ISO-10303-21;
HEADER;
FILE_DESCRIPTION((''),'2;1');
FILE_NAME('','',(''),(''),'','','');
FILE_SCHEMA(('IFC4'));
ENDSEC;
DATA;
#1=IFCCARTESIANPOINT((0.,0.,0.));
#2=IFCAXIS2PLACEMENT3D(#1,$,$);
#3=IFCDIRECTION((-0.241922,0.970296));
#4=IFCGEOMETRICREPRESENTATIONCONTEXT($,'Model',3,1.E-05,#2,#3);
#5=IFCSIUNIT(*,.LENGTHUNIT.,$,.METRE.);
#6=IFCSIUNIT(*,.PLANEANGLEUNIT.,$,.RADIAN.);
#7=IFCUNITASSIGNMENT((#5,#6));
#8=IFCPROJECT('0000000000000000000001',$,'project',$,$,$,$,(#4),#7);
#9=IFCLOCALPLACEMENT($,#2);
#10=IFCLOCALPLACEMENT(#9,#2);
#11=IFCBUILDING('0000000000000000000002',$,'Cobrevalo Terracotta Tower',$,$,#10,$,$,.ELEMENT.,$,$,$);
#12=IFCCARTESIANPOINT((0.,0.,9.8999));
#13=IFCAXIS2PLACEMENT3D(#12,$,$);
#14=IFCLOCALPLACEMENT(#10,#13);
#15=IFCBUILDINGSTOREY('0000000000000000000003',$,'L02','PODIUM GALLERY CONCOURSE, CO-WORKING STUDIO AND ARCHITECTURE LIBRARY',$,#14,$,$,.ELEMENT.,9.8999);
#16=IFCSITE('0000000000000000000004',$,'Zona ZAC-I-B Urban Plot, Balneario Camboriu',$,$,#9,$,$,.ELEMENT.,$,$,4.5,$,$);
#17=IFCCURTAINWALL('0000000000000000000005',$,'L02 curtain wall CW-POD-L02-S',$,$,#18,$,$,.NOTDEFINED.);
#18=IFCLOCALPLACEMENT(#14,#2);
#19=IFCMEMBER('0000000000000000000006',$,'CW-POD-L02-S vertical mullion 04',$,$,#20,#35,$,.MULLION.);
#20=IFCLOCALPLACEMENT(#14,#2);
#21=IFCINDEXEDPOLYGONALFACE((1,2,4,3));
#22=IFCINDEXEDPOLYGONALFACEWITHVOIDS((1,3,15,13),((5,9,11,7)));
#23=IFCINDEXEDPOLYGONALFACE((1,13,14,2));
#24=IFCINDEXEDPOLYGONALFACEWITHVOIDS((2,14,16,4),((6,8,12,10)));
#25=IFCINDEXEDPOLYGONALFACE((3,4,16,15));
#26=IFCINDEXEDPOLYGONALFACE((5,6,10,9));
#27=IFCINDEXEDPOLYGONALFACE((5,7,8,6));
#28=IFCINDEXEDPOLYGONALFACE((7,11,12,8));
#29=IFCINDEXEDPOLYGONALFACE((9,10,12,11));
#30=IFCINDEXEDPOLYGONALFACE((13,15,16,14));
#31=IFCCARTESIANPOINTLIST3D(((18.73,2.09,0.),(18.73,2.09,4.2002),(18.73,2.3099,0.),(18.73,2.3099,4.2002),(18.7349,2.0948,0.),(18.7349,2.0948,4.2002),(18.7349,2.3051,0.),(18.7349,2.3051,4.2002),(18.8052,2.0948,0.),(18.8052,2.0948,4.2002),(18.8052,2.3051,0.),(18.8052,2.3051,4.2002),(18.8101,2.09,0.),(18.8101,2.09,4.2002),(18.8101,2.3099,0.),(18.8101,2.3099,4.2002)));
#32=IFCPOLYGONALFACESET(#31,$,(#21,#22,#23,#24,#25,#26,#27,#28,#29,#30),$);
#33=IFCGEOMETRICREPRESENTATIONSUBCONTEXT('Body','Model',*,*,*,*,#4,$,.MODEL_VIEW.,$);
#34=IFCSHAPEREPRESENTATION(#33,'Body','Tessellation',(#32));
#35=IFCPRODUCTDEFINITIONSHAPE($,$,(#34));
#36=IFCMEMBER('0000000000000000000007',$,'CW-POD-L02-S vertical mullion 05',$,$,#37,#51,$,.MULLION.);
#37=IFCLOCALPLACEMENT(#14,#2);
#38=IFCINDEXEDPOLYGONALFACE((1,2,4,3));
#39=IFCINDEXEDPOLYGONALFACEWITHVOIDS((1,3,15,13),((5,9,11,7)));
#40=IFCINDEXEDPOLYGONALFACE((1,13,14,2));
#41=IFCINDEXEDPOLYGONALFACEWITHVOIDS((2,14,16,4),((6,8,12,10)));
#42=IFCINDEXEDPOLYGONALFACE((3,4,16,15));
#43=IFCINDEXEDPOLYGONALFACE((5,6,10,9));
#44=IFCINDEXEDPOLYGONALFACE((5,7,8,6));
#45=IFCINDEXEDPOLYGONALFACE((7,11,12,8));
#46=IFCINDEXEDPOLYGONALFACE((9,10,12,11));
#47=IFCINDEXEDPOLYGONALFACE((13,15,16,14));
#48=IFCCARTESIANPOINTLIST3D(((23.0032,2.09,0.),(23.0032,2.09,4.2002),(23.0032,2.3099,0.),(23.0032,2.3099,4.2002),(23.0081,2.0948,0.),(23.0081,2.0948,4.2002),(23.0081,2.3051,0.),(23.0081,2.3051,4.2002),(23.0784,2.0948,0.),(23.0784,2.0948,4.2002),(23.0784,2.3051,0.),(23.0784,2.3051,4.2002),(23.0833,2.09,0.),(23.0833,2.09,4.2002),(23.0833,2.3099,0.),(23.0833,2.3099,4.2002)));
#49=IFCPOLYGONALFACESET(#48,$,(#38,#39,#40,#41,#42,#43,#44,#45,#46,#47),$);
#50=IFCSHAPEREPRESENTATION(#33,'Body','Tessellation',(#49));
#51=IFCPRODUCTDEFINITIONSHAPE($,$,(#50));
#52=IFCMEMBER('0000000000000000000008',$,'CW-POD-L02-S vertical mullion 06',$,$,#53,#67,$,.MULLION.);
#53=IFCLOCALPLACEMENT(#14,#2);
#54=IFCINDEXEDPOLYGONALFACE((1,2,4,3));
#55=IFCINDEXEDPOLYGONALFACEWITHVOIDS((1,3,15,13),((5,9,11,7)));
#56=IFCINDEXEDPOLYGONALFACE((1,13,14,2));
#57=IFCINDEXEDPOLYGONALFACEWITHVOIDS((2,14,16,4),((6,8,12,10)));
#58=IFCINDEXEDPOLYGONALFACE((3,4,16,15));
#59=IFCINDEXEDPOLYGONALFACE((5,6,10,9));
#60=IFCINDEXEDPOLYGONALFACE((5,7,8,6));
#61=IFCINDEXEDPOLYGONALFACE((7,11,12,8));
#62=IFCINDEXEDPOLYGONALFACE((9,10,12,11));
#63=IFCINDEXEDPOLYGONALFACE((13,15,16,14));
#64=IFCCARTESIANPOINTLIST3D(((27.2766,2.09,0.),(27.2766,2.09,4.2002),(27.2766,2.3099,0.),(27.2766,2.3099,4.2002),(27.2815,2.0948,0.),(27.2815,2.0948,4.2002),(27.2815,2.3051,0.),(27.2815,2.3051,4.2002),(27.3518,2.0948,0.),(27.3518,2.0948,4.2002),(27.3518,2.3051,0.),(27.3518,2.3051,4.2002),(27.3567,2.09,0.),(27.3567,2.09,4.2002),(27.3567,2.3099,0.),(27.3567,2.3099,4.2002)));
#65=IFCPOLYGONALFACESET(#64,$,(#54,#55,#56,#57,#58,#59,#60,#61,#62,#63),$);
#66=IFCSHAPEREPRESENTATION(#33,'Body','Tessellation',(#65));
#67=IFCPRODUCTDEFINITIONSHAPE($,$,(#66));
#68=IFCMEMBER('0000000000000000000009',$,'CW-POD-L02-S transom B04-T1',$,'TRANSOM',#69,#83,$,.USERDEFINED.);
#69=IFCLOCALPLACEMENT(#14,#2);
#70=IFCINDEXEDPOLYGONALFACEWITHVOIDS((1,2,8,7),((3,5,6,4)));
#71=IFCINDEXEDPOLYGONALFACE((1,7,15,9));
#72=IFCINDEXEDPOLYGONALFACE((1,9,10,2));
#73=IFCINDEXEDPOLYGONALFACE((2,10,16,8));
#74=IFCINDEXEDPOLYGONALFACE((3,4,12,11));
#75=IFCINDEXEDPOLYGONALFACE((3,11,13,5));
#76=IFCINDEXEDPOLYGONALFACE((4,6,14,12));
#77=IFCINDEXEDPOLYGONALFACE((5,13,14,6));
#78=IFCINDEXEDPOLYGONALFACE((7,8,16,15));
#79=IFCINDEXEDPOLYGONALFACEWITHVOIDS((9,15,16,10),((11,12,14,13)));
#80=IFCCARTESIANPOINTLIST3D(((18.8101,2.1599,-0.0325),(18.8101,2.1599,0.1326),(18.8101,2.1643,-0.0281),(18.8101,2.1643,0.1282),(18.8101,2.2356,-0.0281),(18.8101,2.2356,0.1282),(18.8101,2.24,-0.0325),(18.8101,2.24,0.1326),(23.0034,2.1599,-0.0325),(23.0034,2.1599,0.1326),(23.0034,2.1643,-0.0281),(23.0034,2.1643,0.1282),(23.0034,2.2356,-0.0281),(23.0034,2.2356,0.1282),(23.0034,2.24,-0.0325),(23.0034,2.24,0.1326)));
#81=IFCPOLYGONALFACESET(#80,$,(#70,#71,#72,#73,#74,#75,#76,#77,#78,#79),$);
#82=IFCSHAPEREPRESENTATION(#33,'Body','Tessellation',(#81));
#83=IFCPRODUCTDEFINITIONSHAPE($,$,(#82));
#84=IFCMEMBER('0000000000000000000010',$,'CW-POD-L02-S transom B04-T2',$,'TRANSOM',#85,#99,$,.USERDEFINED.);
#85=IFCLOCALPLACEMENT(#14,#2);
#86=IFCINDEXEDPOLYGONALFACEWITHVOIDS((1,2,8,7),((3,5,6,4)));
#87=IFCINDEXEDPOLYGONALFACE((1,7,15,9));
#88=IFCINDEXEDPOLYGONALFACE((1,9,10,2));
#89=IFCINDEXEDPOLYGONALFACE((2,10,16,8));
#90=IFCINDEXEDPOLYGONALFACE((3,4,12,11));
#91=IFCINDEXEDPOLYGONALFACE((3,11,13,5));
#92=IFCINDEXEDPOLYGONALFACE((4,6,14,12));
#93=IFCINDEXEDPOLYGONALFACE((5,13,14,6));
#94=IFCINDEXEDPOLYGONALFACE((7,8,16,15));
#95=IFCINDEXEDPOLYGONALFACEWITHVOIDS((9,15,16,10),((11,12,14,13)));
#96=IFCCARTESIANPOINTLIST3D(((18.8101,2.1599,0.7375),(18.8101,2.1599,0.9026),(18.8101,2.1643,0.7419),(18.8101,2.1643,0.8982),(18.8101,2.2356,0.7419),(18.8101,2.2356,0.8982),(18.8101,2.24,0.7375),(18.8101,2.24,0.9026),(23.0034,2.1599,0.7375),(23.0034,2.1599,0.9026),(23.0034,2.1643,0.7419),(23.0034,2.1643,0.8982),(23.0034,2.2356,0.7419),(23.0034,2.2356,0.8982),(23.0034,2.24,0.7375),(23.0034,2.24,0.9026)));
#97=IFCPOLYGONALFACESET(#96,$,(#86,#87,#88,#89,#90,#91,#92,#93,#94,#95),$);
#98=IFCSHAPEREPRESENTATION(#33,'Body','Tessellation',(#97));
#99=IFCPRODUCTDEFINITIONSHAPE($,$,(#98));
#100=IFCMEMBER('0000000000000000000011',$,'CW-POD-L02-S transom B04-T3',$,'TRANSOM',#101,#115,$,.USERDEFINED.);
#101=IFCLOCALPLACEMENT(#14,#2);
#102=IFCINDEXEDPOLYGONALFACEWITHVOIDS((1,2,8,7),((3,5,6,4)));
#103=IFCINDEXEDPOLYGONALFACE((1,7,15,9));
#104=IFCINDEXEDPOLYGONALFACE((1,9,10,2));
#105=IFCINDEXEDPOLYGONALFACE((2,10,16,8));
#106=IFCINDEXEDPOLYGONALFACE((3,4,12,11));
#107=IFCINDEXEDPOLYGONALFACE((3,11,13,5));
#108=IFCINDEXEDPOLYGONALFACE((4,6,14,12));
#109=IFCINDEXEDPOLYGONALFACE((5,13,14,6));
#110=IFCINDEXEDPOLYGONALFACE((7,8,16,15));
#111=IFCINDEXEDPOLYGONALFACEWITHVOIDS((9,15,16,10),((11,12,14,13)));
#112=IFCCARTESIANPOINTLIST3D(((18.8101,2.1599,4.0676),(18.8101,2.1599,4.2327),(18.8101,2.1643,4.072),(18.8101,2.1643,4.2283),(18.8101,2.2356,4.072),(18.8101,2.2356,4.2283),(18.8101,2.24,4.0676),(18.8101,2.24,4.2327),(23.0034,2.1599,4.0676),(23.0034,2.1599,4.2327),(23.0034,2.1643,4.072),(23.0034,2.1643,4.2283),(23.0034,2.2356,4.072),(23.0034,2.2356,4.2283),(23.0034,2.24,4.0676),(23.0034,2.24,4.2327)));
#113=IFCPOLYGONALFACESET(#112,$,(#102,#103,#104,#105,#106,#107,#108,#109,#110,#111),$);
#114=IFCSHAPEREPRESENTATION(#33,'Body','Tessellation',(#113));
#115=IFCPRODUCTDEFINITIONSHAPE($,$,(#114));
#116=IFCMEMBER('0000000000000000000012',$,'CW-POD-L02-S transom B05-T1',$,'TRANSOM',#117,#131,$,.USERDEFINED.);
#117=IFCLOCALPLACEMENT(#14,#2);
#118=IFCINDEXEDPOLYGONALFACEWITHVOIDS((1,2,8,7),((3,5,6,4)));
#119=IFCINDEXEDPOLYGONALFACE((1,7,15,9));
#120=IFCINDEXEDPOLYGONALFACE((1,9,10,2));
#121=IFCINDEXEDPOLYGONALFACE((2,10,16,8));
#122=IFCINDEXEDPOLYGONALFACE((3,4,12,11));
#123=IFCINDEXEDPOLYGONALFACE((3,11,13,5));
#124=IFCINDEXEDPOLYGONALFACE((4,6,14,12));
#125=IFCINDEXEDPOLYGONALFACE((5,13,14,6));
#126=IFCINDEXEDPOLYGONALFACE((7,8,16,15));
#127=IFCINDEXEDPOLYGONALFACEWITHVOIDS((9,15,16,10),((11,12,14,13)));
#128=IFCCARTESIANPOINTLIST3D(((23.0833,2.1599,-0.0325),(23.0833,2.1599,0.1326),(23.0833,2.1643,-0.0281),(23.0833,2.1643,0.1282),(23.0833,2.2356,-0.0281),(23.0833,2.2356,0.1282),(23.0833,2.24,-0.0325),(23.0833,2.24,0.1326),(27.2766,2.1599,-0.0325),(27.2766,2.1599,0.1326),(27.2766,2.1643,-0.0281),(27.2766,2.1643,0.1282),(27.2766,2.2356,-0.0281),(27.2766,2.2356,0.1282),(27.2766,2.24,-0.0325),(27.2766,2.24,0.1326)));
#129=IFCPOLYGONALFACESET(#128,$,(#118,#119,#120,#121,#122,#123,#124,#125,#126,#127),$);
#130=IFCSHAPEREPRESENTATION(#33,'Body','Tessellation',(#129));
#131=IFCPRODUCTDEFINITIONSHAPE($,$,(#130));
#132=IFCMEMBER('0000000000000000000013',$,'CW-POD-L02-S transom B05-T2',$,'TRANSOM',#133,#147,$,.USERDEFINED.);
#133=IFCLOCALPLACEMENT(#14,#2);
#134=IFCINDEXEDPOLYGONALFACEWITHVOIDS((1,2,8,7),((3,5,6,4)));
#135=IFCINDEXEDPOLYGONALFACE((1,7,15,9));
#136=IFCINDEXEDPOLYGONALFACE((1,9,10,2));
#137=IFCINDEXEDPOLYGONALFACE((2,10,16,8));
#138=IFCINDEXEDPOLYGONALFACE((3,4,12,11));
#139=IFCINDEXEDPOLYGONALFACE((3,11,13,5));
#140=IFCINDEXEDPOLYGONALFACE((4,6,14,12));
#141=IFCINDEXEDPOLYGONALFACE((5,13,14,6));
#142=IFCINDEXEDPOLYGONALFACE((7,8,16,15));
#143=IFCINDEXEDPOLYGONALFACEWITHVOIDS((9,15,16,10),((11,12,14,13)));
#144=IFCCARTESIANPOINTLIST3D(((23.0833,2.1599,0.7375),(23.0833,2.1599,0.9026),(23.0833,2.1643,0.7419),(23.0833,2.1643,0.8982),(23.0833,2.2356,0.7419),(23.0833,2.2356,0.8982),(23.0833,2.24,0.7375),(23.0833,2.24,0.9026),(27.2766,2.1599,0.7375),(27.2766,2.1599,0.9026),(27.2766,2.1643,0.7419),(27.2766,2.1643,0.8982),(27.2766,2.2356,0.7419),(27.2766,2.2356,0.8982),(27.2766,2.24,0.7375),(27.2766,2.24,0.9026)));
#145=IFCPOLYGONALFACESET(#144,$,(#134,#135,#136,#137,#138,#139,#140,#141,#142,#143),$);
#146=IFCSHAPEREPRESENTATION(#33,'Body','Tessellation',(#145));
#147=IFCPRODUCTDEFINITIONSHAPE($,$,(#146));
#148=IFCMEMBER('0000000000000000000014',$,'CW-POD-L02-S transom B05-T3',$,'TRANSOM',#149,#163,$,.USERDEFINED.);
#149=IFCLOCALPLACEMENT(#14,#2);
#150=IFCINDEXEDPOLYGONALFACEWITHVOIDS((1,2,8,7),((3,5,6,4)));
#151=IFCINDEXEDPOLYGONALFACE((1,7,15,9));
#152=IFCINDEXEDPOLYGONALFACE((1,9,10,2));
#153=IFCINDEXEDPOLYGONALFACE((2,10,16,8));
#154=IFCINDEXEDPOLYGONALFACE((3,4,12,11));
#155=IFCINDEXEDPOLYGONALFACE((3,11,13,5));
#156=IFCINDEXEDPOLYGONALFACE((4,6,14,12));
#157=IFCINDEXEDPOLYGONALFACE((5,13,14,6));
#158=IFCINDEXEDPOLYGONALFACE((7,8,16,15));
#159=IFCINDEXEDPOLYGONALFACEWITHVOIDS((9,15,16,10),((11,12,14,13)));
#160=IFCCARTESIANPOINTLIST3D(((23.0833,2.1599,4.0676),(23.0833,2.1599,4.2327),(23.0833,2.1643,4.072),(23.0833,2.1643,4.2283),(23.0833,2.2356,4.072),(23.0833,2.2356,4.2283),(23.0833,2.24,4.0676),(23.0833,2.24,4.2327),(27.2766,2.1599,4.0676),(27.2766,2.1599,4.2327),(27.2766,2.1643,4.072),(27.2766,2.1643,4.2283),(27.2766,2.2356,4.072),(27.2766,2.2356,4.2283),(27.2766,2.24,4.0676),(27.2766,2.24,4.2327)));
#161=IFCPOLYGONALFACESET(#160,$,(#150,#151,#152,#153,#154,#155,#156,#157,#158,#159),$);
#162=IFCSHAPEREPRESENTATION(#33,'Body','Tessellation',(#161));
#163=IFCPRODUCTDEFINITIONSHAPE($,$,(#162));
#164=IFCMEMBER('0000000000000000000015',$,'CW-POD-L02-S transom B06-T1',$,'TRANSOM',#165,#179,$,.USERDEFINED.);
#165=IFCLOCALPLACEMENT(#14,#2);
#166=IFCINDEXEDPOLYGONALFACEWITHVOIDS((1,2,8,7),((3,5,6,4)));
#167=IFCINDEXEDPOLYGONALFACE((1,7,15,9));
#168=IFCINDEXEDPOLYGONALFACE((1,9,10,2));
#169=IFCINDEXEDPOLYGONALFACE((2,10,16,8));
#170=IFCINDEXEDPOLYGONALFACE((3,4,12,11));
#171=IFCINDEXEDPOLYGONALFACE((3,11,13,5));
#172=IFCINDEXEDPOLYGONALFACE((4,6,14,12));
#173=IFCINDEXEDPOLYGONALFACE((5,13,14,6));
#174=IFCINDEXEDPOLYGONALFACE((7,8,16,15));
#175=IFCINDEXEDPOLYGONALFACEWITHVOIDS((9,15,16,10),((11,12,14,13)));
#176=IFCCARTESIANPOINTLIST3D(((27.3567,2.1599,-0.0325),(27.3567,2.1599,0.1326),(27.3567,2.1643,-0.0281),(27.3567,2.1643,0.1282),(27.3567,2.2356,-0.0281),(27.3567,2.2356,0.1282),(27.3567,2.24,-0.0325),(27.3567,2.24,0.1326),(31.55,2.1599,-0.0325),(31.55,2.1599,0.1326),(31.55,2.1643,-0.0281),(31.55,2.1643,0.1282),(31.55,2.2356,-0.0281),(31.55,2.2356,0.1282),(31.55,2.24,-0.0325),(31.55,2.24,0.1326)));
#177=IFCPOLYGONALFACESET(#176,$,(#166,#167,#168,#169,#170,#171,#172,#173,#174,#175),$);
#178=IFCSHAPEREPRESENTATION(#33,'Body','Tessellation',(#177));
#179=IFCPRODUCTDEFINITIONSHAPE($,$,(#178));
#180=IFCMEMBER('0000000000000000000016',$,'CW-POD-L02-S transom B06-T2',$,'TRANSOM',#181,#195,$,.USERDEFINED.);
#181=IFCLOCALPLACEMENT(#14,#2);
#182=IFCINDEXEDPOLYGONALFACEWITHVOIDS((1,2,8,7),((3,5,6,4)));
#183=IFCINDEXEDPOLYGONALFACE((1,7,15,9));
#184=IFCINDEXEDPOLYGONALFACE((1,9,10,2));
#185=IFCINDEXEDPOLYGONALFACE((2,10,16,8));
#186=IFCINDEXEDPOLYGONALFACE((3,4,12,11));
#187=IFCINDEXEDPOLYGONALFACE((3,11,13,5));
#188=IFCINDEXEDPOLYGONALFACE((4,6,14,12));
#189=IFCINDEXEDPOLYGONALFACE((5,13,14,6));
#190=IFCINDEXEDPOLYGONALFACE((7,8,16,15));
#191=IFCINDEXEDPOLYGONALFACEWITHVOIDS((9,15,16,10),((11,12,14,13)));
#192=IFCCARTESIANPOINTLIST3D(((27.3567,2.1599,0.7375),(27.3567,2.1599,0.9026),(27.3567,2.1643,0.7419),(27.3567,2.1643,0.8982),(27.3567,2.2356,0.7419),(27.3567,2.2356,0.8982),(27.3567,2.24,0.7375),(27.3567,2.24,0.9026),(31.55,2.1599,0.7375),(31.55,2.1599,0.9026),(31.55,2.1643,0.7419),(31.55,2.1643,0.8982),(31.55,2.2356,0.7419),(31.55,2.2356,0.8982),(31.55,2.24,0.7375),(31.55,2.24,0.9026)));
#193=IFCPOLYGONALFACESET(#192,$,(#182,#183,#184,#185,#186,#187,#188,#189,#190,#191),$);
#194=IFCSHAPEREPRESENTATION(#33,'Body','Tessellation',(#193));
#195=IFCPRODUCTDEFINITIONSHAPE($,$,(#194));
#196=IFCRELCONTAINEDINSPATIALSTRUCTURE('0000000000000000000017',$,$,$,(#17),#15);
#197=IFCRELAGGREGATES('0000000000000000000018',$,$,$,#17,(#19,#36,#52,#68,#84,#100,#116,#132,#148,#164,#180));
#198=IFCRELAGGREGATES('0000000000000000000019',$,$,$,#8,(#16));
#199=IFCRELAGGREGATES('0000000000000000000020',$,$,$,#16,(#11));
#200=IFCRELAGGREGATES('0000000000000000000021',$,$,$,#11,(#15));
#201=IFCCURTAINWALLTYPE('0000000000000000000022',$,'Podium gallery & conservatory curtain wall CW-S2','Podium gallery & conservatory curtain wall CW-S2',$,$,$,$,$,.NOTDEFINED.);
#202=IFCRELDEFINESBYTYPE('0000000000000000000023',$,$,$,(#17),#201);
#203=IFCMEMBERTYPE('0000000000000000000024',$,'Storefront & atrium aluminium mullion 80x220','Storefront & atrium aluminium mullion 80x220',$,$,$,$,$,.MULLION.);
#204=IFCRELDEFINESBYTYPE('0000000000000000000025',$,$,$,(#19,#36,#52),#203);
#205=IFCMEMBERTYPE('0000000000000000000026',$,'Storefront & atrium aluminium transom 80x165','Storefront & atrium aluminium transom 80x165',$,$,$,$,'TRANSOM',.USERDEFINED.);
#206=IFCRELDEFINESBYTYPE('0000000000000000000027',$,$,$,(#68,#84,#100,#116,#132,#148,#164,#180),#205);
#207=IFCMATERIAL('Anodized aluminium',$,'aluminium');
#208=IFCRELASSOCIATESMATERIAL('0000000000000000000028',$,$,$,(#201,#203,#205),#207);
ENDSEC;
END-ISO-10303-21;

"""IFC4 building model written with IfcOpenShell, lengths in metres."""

from ifc_helpers import new_model, si_unit, direction, frame, origin, origin_2d, place, context, subcontext, project, spatial, hollow_rectangle, extrude, source, transform, mapped, material, material_profile, profile_set, type_object, element, aggregate, save


model = new_model("IFC4")

# Units and contexts
model_context = context("Model", 3, precision=1e-05, world=origin(), true_north=direction((-0.241922, 0.970296)))
body_context = subcontext(model_context, "Body", "Model", "MODEL_VIEW")
ifc_project = project(units=[si_unit("LENGTHUNIT", "METRE"), si_unit("PLANEANGLEUNIT", "RADIAN")], contexts=[model_context])

# Site, building, storey
site_placement = place(None, origin())
site = spatial("IfcSite", under=ifc_project, at=site_placement, Name="Zona ZAC-I-B Urban Plot, Balneario Camboriu", CompositionType="ELEMENT", RefElevation=4.5)
building_placement = place(site_placement, origin())
building = spatial("IfcBuilding", under=site, at=building_placement, Name="Cobrevalo Terracotta Tower", CompositionType="ELEMENT")
storey_placement = place(building_placement, frame((0.0, 0.0, 9.8999)))
storey = spatial("IfcBuildingStorey", under=building, at=storey_placement, Name="L02", Description="PODIUM GALLERY CONCOURSE, CO-WORKING STUDIO AND ARCHITECTURE LIBRARY", CompositionType="ELEMENT", Elevation=9.8999)

# Curtain wall, members
ifc_material_1 = material(Name="Anodized aluminium", Category="aluminium")
curtain_wall_type = type_object("IfcCurtainWallType", Name="Podium gallery & conservatory curtain wall CW-S2", Description="Podium gallery & conservatory curtain wall CW-S2", PredefinedType="NOTDEFINED", material=ifc_material_1)
curtain_wall_placement = place(storey_placement, origin())
curtain_wall = element("IfcCurtainWall", 1, at=curtain_wall_placement, inside=storey, type_object=curtain_wall_type, Name="L02 curtain wall CW-POD-L02-S", PredefinedType="NOTDEFINED")
ifc_material_profile_1 = material_profile(ifc_material_1, hollow_rectangle(XDim=0.0801, YDim=0.22, WallThickness=0.0049, at=origin_2d()), Name="CWM 80x220")
ifc_profile_set_1 = profile_set([ifc_material_profile_1], Name="Anodized aluminium")
member_type_1 = type_object("IfcMemberType", Name="Storefront & atrium aluminium mullion 80x220", Description="Storefront & atrium aluminium mullion 80x220", PredefinedType="MULLION", material=ifc_profile_set_1)
shared_shape_1 = source(origin(), body_context, "Body", "SweptSolid", [
    extrude(hollow_rectangle(XDim=0.0801, YDim=0.22, WallThickness=0.0049, at=origin_2d()), origin(), (0.0, 0.0, 1.0), 4.2002),
])
member_1_placement = place(storey_placement, frame((18.77, 2.2, 0.0), z_axis=(0.0, 0.0, 1.0), x_axis=(1.0, 0.0, 0.0)))
member_1 = element("IfcMember", 2, at=member_1_placement, type_object=member_type_1, Name="CW-POD-L02-S vertical mullion 04", PredefinedType="MULLION", context=body_context, shape_type="MappedRepresentation", body=[
    mapped(shared_shape_1, transform((0.0, 0.0, 0.0), scale=1.0)),
])
member_2_placement = place(storey_placement, frame((23.0432, 2.2, 0.0), z_axis=(0.0, 0.0, 1.0), x_axis=(1.0, 0.0, 0.0)))
member_2 = element("IfcMember", 3, at=member_2_placement, type_object=member_type_1, Name="CW-POD-L02-S vertical mullion 05", PredefinedType="MULLION", context=body_context, shape_type="MappedRepresentation", body=[
    mapped(shared_shape_1, transform((0.0, 0.0, 0.0), scale=1.0)),
])
member_3_placement = place(storey_placement, frame((27.3167, 2.2, 0.0), z_axis=(0.0, 0.0, 1.0), x_axis=(1.0, 0.0, 0.0)))
member_3 = element("IfcMember", 4, at=member_3_placement, type_object=member_type_1, Name="CW-POD-L02-S vertical mullion 06", PredefinedType="MULLION", context=body_context, shape_type="MappedRepresentation", body=[
    mapped(shared_shape_1, transform((0.0, 0.0, 0.0), scale=1.0)),
])
ifc_material_profile_2 = material_profile(ifc_material_1, hollow_rectangle(XDim=0.0801, YDim=0.165, WallThickness=0.0044, at=origin_2d()), Name="CWT 80x165")
ifc_profile_set_2 = profile_set([ifc_material_profile_2], Name="Anodized aluminium")
member_type_2 = type_object("IfcMemberType", Name="Storefront & atrium aluminium transom 80x165", Description="Storefront & atrium aluminium transom 80x165", ElementType="TRANSOM", PredefinedType="USERDEFINED", material=ifc_profile_set_2)
shared_shape_2 = source(origin(), body_context, "Body", "SweptSolid", [
    extrude(hollow_rectangle(XDim=0.0801, YDim=0.165, WallThickness=0.0044, at=origin_2d()), origin(), (0.0, 0.0, 1.0), 4.1934),
])
member_4_placement = place(storey_placement, frame((18.8101, 2.2, 0.05), z_axis=(1.0, 0.0, 0.0), x_axis=(0.0, 1.0, 0.0)))
member_4 = element("IfcMember", 5, at=member_4_placement, type_object=member_type_2, Name="CW-POD-L02-S transom B04-T1", ObjectType="TRANSOM", PredefinedType="USERDEFINED", context=body_context, shape_type="MappedRepresentation", body=[
    mapped(shared_shape_2, transform((0.0, 0.0, 0.0), scale=1.0)),
])
member_5_placement = place(storey_placement, frame((18.8101, 2.2, 0.8201), z_axis=(1.0, 0.0, 0.0), x_axis=(0.0, 1.0, 0.0)))
member_5 = element("IfcMember", 6, at=member_5_placement, type_object=member_type_2, Name="CW-POD-L02-S transom B04-T2", ObjectType="TRANSOM", PredefinedType="USERDEFINED", context=body_context, shape_type="MappedRepresentation", body=[
    mapped(shared_shape_2, transform((0.0, 0.0, 0.0), scale=1.0)),
])
member_6_placement = place(storey_placement, frame((18.8101, 2.2, 4.1501), z_axis=(1.0, 0.0, 0.0), x_axis=(0.0, 1.0, 0.0)))
member_6 = element("IfcMember", 7, at=member_6_placement, type_object=member_type_2, Name="CW-POD-L02-S transom B04-T3", ObjectType="TRANSOM", PredefinedType="USERDEFINED", context=body_context, shape_type="MappedRepresentation", body=[
    mapped(shared_shape_2, transform((0.0, 0.0, 0.0), scale=1.0)),
])
member_7_placement = place(storey_placement, frame((23.0833, 2.2, 0.05), z_axis=(1.0, 0.0, 0.0), x_axis=(0.0, 1.0, 0.0)))
member_7 = element("IfcMember", 8, at=member_7_placement, type_object=member_type_2, Name="CW-POD-L02-S transom B05-T1", ObjectType="TRANSOM", PredefinedType="USERDEFINED", context=body_context, shape_type="MappedRepresentation", body=[
    mapped(shared_shape_2, transform((0.0, 0.0, 0.0), scale=1.0)),
])
member_8_placement = place(storey_placement, frame((23.0833, 2.2, 0.8201), z_axis=(1.0, 0.0, 0.0), x_axis=(0.0, 1.0, 0.0)))
member_8 = element("IfcMember", 9, at=member_8_placement, type_object=member_type_2, Name="CW-POD-L02-S transom B05-T2", ObjectType="TRANSOM", PredefinedType="USERDEFINED", context=body_context, shape_type="MappedRepresentation", body=[
    mapped(shared_shape_2, transform((0.0, 0.0, 0.0), scale=1.0)),
])
member_9_placement = place(storey_placement, frame((23.0833, 2.2, 4.1501), z_axis=(1.0, 0.0, 0.0), x_axis=(0.0, 1.0, 0.0)))
member_9 = element("IfcMember", 10, at=member_9_placement, type_object=member_type_2, Name="CW-POD-L02-S transom B05-T3", ObjectType="TRANSOM", PredefinedType="USERDEFINED", context=body_context, shape_type="MappedRepresentation", body=[
    mapped(shared_shape_2, transform((0.0, 0.0, 0.0), scale=1.0)),
])
member_10_placement = place(storey_placement, frame((27.3567, 2.2, 0.05), z_axis=(1.0, 0.0, 0.0), x_axis=(0.0, 1.0, 0.0)))
member_10 = element("IfcMember", 11, at=member_10_placement, type_object=member_type_2, Name="CW-POD-L02-S transom B06-T1", ObjectType="TRANSOM", PredefinedType="USERDEFINED", context=body_context, shape_type="MappedRepresentation", body=[
    mapped(shared_shape_2, transform((0.0, 0.0, 0.0), scale=1.0)),
])
member_11_placement = place(storey_placement, frame((27.3567, 2.2, 0.8201), z_axis=(1.0, 0.0, 0.0), x_axis=(0.0, 1.0, 0.0)))
member_11 = element("IfcMember", 12, at=member_11_placement, type_object=member_type_2, Name="CW-POD-L02-S transom B06-T2", ObjectType="TRANSOM", PredefinedType="USERDEFINED", context=body_context, shape_type="MappedRepresentation", body=[
    mapped(shared_shape_2, transform((0.0, 0.0, 0.0), scale=1.0)),
])
aggregate(curtain_wall, [member_1, member_2, member_3, member_4, member_5, member_6, member_7, member_8, member_9, member_10, member_11])

save(model, "model.ifc")
